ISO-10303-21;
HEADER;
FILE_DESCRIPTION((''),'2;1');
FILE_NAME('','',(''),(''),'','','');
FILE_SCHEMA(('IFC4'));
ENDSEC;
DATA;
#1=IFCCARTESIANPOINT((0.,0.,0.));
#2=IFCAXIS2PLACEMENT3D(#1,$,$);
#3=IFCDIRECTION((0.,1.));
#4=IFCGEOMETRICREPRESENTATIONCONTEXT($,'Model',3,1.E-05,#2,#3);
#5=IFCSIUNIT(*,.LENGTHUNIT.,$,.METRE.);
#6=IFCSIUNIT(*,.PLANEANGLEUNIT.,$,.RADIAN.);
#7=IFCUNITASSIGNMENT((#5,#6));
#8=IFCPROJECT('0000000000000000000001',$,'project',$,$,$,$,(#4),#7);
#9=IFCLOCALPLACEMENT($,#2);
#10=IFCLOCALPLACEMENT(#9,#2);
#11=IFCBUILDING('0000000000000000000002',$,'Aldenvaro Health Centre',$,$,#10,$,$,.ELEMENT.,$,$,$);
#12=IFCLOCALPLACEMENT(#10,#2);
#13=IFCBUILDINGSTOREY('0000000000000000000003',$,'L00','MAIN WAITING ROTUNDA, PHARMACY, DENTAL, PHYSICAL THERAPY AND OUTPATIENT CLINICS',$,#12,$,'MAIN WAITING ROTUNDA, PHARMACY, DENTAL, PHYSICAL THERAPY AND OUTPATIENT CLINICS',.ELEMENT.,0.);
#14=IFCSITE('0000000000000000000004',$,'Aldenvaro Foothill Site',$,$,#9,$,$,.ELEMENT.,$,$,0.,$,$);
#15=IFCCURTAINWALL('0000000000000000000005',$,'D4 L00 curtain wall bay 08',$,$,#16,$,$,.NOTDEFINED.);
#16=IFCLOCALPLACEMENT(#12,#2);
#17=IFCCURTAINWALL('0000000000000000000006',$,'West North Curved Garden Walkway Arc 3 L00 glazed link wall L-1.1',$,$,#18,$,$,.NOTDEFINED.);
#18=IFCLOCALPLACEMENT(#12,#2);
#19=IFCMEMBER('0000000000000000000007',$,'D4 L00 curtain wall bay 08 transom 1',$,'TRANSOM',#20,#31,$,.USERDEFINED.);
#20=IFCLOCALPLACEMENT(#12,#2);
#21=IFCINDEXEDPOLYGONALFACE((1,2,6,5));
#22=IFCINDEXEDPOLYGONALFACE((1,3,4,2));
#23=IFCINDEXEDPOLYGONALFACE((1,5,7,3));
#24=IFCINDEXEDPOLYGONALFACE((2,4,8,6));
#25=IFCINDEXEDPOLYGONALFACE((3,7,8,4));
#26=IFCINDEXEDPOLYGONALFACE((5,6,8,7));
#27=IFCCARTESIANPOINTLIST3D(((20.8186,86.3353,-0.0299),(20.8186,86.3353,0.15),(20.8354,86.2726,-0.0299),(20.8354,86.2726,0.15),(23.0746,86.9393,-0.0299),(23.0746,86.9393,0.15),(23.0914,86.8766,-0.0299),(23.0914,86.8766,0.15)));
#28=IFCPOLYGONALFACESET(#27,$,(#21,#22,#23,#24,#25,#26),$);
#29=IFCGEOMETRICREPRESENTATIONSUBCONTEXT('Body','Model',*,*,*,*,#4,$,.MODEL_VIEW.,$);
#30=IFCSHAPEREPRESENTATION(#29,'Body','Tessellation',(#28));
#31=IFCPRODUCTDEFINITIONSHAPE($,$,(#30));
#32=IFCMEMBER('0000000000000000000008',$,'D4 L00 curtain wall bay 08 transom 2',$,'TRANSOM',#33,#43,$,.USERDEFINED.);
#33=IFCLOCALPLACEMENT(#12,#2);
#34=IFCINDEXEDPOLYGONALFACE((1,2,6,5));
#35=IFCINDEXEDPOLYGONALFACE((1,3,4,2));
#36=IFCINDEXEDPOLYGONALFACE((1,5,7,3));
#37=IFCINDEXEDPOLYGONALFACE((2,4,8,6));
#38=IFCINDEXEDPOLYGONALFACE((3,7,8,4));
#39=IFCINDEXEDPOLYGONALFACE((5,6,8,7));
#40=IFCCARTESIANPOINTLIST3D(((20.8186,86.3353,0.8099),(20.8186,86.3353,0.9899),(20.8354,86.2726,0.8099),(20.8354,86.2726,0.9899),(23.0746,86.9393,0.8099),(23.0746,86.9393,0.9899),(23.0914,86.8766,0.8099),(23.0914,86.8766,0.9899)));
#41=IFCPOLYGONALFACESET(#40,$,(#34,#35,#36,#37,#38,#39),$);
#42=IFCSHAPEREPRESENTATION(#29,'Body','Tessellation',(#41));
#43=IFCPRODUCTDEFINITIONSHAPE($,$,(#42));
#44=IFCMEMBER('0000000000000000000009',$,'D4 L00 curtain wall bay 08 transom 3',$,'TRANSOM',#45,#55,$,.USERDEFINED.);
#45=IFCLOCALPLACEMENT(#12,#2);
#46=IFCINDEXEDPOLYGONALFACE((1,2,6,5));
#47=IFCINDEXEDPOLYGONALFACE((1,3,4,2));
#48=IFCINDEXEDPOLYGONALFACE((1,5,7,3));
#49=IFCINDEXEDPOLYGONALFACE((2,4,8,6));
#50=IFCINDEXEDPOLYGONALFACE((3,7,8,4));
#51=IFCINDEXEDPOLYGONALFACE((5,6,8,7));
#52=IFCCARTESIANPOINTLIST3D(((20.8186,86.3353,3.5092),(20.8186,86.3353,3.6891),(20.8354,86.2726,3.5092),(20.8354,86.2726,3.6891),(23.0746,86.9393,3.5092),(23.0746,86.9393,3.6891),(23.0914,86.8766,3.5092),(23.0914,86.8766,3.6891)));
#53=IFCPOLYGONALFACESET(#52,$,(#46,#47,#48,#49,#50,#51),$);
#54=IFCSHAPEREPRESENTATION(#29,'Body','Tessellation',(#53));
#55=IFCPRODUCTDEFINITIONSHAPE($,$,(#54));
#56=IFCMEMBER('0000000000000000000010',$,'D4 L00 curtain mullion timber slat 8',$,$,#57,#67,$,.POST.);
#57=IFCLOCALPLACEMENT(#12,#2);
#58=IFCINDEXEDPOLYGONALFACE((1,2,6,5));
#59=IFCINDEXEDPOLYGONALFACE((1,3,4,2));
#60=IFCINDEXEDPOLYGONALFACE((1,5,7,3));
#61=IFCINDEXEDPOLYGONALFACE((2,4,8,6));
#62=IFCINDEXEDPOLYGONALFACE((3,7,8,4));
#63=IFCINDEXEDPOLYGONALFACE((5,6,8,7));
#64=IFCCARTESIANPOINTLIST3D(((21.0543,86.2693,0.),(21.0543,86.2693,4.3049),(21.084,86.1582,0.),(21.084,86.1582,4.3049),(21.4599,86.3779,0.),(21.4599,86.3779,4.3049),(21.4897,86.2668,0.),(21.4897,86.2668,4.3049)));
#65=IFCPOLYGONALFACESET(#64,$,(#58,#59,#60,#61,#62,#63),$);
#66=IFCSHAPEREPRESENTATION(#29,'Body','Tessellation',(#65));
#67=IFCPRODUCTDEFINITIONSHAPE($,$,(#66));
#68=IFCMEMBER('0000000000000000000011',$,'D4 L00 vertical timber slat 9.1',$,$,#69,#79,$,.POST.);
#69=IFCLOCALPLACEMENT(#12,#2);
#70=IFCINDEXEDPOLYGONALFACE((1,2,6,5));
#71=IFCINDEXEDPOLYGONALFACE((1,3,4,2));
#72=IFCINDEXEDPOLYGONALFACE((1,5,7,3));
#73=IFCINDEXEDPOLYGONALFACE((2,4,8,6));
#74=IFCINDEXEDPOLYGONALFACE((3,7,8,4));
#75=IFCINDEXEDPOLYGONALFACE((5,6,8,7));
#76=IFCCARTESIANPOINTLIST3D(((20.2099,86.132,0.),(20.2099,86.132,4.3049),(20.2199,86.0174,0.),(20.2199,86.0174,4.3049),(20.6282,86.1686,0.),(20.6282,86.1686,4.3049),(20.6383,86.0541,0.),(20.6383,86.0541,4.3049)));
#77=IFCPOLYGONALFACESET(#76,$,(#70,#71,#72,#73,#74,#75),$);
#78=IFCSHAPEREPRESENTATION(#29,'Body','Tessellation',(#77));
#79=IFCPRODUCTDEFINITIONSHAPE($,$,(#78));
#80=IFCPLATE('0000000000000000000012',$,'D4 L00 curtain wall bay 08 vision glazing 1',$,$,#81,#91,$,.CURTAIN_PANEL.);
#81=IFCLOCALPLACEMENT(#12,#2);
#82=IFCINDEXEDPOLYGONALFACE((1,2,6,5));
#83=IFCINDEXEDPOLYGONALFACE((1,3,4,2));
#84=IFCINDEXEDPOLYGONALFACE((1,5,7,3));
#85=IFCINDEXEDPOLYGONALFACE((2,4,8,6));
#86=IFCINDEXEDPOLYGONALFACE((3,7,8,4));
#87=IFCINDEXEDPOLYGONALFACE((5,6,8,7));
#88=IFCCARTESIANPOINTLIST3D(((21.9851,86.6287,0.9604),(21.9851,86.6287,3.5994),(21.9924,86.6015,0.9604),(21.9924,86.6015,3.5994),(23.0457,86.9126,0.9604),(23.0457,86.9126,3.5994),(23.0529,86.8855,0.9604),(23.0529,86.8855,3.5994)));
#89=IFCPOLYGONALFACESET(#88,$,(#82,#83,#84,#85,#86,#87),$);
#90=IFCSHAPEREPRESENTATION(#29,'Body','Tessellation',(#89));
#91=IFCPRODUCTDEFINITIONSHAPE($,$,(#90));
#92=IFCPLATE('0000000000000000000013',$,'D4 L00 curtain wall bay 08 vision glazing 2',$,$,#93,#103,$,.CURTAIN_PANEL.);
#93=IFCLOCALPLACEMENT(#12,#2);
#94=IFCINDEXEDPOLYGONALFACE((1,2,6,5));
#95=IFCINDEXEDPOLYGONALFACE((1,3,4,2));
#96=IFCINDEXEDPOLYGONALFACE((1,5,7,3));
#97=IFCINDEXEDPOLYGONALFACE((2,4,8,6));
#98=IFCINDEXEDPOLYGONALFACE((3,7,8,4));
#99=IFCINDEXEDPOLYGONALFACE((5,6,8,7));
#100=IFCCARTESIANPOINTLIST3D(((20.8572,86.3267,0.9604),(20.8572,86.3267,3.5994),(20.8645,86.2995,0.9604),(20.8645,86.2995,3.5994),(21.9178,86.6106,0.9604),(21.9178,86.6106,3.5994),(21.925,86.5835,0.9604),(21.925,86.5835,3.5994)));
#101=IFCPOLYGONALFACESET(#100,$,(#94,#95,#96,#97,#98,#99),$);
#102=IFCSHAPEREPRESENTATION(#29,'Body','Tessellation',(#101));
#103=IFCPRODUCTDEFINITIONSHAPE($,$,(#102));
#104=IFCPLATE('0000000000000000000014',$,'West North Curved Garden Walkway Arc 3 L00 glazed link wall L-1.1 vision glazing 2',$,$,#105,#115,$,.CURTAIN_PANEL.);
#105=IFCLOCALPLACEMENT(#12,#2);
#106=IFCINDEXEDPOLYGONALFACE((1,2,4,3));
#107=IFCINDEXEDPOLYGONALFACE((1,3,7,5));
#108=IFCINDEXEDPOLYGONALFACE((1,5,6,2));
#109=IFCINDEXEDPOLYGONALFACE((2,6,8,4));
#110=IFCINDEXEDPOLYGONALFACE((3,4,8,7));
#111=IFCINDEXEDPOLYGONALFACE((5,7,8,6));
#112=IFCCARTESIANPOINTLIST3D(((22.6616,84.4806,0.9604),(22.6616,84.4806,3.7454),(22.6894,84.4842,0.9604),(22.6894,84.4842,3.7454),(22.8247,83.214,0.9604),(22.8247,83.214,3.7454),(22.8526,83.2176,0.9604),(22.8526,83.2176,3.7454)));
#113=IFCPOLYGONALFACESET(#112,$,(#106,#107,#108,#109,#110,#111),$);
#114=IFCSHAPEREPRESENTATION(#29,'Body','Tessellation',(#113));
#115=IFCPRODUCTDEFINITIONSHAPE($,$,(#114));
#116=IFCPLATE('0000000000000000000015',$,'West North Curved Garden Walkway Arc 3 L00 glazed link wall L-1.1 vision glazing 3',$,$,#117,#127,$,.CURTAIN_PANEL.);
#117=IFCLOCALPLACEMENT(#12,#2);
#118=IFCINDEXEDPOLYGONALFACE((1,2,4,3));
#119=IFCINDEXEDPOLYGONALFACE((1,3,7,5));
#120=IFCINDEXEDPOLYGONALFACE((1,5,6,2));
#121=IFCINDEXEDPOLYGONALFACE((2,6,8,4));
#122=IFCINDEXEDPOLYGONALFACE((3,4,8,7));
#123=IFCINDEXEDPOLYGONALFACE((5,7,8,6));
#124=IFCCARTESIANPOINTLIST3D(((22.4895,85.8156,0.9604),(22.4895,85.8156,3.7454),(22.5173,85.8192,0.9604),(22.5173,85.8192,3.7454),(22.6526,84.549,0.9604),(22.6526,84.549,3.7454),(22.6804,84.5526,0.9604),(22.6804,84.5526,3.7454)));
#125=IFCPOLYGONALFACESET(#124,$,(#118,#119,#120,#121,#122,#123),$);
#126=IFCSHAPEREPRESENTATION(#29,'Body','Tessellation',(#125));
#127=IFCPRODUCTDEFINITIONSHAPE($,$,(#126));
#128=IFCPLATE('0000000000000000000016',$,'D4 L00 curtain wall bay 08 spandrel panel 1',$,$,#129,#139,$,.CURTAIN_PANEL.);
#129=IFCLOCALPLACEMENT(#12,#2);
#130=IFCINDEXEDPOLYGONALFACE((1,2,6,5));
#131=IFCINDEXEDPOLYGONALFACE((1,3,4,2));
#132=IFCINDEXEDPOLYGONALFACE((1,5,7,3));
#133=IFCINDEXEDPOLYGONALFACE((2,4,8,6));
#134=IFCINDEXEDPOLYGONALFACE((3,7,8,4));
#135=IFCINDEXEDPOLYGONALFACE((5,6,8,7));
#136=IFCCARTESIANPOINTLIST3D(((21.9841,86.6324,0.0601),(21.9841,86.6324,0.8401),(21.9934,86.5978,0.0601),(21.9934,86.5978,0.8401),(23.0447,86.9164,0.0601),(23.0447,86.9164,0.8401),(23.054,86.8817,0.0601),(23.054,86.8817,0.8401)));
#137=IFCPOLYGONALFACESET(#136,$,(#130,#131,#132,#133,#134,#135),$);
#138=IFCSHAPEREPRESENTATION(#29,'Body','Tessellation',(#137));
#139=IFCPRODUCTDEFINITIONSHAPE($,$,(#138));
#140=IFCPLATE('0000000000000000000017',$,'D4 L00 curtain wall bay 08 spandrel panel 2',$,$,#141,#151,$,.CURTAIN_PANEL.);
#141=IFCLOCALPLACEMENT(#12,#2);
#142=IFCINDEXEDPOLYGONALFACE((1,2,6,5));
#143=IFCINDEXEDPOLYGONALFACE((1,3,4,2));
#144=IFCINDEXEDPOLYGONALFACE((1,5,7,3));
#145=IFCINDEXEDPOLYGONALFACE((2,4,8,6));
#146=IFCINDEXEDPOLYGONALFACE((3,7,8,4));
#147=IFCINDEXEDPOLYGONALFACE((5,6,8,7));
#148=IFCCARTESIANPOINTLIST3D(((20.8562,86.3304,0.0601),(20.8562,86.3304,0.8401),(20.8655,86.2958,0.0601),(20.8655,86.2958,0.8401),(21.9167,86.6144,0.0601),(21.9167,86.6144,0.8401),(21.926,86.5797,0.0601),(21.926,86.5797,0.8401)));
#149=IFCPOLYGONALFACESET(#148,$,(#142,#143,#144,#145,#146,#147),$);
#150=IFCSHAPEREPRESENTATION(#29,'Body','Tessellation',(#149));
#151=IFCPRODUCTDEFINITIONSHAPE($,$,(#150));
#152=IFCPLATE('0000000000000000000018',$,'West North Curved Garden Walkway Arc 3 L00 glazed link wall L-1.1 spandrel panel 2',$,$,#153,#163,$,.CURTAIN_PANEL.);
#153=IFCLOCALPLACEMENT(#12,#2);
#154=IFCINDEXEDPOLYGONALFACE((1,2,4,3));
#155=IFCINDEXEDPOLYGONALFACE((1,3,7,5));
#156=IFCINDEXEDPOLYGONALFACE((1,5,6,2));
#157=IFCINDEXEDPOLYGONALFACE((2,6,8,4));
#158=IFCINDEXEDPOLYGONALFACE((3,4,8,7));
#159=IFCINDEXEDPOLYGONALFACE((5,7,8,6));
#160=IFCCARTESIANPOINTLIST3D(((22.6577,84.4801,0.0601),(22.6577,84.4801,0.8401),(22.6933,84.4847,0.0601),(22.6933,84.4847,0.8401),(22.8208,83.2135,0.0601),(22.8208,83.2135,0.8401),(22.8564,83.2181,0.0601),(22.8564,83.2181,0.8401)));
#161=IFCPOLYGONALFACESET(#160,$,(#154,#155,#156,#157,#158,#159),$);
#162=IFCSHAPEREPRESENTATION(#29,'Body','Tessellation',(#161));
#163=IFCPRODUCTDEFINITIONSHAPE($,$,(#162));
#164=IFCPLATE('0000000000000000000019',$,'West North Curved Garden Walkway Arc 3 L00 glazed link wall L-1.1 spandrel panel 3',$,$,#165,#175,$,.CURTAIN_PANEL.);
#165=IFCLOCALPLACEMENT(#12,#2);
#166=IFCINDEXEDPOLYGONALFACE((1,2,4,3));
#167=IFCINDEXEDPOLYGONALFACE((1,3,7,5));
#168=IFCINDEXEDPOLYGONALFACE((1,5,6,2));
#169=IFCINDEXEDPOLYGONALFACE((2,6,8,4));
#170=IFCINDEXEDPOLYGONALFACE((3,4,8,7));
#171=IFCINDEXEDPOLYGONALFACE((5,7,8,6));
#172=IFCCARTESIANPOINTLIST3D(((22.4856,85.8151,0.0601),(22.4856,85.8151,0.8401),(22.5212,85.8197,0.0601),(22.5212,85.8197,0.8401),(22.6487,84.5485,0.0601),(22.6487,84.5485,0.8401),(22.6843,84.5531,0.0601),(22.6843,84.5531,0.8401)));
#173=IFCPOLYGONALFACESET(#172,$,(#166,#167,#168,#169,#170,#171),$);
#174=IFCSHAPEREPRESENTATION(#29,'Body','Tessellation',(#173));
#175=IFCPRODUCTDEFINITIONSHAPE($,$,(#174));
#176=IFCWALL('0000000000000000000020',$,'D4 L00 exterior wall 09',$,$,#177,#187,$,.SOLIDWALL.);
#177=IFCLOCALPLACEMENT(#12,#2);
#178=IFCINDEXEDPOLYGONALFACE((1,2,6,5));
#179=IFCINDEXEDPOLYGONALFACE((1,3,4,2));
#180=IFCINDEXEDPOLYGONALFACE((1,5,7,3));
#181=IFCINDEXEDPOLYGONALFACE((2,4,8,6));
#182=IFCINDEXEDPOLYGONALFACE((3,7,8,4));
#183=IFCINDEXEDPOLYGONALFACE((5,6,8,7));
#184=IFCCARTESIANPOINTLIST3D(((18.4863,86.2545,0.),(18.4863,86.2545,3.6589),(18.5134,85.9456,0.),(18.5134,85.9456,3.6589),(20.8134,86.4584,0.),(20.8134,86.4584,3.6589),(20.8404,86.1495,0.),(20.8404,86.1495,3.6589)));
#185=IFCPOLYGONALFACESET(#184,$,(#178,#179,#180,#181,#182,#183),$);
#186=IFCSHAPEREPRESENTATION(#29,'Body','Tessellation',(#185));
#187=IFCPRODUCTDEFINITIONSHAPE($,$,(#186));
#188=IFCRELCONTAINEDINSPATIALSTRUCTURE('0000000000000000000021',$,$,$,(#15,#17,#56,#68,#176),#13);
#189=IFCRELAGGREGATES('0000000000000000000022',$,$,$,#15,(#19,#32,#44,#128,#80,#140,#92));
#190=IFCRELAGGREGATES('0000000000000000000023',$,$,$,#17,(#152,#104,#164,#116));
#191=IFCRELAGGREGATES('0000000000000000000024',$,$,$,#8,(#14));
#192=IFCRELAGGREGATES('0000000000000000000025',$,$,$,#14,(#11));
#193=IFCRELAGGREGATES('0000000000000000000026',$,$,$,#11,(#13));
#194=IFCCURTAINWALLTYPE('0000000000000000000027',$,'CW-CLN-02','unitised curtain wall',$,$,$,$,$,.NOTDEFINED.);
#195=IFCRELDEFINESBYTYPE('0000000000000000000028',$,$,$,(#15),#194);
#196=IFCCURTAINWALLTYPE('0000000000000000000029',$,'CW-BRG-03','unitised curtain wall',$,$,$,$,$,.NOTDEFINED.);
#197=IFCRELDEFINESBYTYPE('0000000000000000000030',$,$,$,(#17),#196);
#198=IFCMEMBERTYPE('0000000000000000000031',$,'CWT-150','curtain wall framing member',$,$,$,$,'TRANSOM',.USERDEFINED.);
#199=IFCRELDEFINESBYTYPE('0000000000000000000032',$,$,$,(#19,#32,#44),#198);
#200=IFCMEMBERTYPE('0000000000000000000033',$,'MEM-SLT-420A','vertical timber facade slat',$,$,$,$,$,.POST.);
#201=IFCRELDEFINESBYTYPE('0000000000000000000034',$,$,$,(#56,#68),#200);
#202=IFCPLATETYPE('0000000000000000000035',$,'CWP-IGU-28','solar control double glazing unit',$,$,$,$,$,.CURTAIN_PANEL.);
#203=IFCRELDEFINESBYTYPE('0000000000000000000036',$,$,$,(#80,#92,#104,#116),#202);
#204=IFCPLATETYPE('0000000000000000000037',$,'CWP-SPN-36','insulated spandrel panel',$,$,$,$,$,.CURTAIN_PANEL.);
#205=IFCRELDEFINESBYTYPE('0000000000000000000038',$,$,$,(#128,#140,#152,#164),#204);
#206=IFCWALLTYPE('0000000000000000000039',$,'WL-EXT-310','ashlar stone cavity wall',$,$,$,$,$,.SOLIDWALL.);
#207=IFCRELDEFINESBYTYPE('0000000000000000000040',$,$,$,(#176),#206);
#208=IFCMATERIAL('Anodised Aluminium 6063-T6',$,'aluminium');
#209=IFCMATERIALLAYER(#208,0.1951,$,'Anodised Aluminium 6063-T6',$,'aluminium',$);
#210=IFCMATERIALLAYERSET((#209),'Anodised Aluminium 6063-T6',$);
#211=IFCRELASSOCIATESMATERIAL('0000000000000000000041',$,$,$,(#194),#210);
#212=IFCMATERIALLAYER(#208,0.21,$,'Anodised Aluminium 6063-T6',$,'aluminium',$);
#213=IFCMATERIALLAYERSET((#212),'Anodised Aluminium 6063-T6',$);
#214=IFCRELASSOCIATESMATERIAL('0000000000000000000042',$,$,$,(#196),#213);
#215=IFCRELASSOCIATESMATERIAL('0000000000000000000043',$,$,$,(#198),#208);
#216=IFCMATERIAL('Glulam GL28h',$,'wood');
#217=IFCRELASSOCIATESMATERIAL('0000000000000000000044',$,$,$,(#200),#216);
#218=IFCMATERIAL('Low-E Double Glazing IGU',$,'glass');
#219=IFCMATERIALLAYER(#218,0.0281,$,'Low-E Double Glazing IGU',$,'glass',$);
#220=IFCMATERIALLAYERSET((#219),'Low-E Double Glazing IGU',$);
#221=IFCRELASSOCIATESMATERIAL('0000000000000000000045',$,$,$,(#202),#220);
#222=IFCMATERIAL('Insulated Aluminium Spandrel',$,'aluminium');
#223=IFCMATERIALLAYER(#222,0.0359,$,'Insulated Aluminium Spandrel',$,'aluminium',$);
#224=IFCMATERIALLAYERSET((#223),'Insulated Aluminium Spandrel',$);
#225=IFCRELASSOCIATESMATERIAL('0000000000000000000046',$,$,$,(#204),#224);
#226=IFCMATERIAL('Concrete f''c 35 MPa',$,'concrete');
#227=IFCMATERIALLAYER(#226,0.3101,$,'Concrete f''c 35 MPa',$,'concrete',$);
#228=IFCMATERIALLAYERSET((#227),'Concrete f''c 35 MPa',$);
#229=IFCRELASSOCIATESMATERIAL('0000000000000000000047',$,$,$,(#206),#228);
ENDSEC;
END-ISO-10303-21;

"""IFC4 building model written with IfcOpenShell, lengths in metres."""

from ifc_helpers import new_model, si_unit, direction, frame, frame_2d, origin, origin_2d, place, context, subcontext, project, spatial, rectangle, extrude, material, layer, layer_set, material_profile, profile_set, type_object, element, aggregate, save


model = new_model("IFC4")

# Units and contexts
model_context = context("Model", 3, precision=1e-05, world=origin(), true_north=direction((0.0, 1.0)))
body_context = subcontext(model_context, "Body", "Model", "MODEL_VIEW")
ifc_project = project(units=[si_unit("LENGTHUNIT", "METRE"), si_unit("PLANEANGLEUNIT", "RADIAN")], contexts=[model_context])

# Site, building, storey
site_placement = place(None, origin())
site = spatial("IfcSite", under=ifc_project, at=site_placement, Name="Aldenvaro Foothill Site", CompositionType="ELEMENT", RefElevation=0.0)
building_placement = place(site_placement, origin())
building = spatial("IfcBuilding", under=site, at=building_placement, Name="Aldenvaro Health Centre", CompositionType="ELEMENT")
storey_placement = place(building_placement, origin())
storey = spatial("IfcBuildingStorey", under=building, at=storey_placement, Name="L00", Description="MAIN WAITING ROTUNDA, PHARMACY, DENTAL, PHYSICAL THERAPY AND OUTPATIENT CLINICS", LongName="MAIN WAITING ROTUNDA, PHARMACY, DENTAL, PHYSICAL THERAPY AND OUTPATIENT CLINICS", CompositionType="ELEMENT", Elevation=0.0)

# Shared definitions
ifc_material_1 = material(Name="Glulam GL28h", Category="wood")

# Curtain walls
ifc_material_2 = material(Name="Anodised Aluminium 6063-T6", Category="aluminium")
ifc_layer_1 = layer(ifc_material_2, 0.1951, Name="Anodised Aluminium 6063-T6", Category="aluminium")
ifc_layer_set_1 = layer_set([ifc_layer_1], Name="Anodised Aluminium 6063-T6")
curtain_wall_type_1 = type_object("IfcCurtainWallType", Name="CW-CLN-02", Description="unitised curtain wall", PredefinedType="NOTDEFINED", material=ifc_layer_set_1)
curtain_wall_1_placement = place(storey_placement, origin())
curtain_wall_1 = element("IfcCurtainWall", 1, at=curtain_wall_1_placement, inside=storey, type_object=curtain_wall_type_1, Name="D4 L00 curtain wall bay 08", PredefinedType="NOTDEFINED")
ifc_layer_2 = layer(ifc_material_2, 0.21, Name="Anodised Aluminium 6063-T6", Category="aluminium")
ifc_layer_set_2 = layer_set([ifc_layer_2], Name="Anodised Aluminium 6063-T6")
curtain_wall_type_2 = type_object("IfcCurtainWallType", Name="CW-BRG-03", Description="unitised curtain wall", PredefinedType="NOTDEFINED", material=ifc_layer_set_2)
curtain_wall_2_placement = place(storey_placement, origin())
curtain_wall_2 = element("IfcCurtainWall", 2, at=curtain_wall_2_placement, inside=storey, type_object=curtain_wall_type_2, Name="West North Curved Garden Walkway Arc 3 L00 glazed link wall L-1.1", PredefinedType="NOTDEFINED")

# Members
ifc_material_profile_1 = material_profile(ifc_material_2, rectangle(XDim=0.0649, YDim=0.1799, at=origin_2d()), Name="ALU 65x180", Category="aluminium")
ifc_profile_set_1 = profile_set([ifc_material_profile_1], Name="Anodised Aluminium 6063-T6")
member_type_1 = type_object("IfcMemberType", Name="CWT-150", Description="curtain wall framing member", ElementType="TRANSOM", PredefinedType="USERDEFINED", material=ifc_profile_set_1)
member_1_placement = place(storey_placement, frame((23.083, 86.908, 0.0601), z_axis=(-0.965981, -0.258612, 0.0), x_axis=(0.258612, -0.965981, 0.0)))
member_1 = element("IfcMember", 3, at=member_1_placement, type_object=member_type_1, Name="D4 L00 curtain wall bay 08 transom 1", ObjectType="TRANSOM", PredefinedType="USERDEFINED", context=body_context, shape_type="SweptSolid", body=[
    extrude(rectangle(XDim=0.0649, YDim=0.1799, at=origin_2d()), origin(), (0.0, 0.0, 1.0), 2.3354),
])
member_2_placement = place(storey_placement, frame((23.083, 86.908, 0.8999), z_axis=(-0.965981, -0.258612, 0.0), x_axis=(0.258612, -0.965981, 0.0)))
member_2 = element("IfcMember", 4, at=member_2_placement, type_object=member_type_1, Name="D4 L00 curtain wall bay 08 transom 2", ObjectType="TRANSOM", PredefinedType="USERDEFINED", context=body_context, shape_type="SweptSolid", body=[
    extrude(rectangle(XDim=0.0649, YDim=0.1799, at=origin_2d()), origin(), (0.0, 0.0, 1.0), 2.3354),
])
member_3_placement = place(storey_placement, frame((23.083, 86.908, 3.5991), z_axis=(-0.965981, -0.258612, 0.0), x_axis=(0.258612, -0.965981, 0.0)))
member_3 = element("IfcMember", 5, at=member_3_placement, type_object=member_type_1, Name="D4 L00 curtain wall bay 08 transom 3", ObjectType="TRANSOM", PredefinedType="USERDEFINED", context=body_context, shape_type="SweptSolid", body=[
    extrude(rectangle(XDim=0.0649, YDim=0.1799, at=origin_2d()), origin(), (0.0, 0.0, 1.0), 2.3354),
])

# Members
ifc_material_profile_2 = material_profile(ifc_material_1, rectangle(XDim=0.115, YDim=0.4199, at=origin_2d()), Name="GL 115x420", Category="wood")
ifc_profile_set_2 = profile_set([ifc_material_profile_2], Name="Glulam GL28h")
member_type_2 = type_object("IfcMemberType", Name="MEM-SLT-420A", Description="vertical timber facade slat", PredefinedType="POST", material=ifc_profile_set_2)
for number, where, z_axis, x_axis, name in (
    (6, (21.272, 86.2681, 0.0), (0.0, 0.0, 1.0), (0.258622, -0.965979, 0.0), "D4 L00 curtain mullion timber slat 8"),
    (7, (20.4241, 86.093, 0.0), (0.0, 0.0, 1.0), (0.087332, -0.996179, 0.0), "D4 L00 vertical timber slat 9.1"),
):
    element("IfcMember", number, at=place(storey_placement, frame(where, z_axis=z_axis, x_axis=x_axis)), inside=storey, type_object=member_type_2, Name=name, PredefinedType="POST", context=body_context, shape_type="SweptSolid", body=[
        extrude(rectangle(XDim=0.115, YDim=0.4199, at=origin_2d()), origin(), (0.0, 0.0, 1.0), 4.3049),
    ])

# Plates
ifc_material_3 = material(Name="Low-E Double Glazing IGU", Category="glass")
ifc_layer_3 = layer(ifc_material_3, 0.0281, Name="Low-E Double Glazing IGU", Category="glass")
ifc_layer_set_3 = layer_set([ifc_layer_3], Name="Low-E Double Glazing IGU")
plate_type_1 = type_object("IfcPlateType", Name="CWP-IGU-28", Description="solar control double glazing unit", PredefinedType="CURTAIN_PANEL", material=ifc_layer_set_3)
plate_1_placement = place(storey_placement, frame((22.519, 86.7571, 0.9604), z_axis=(0.0, 0.0, 1.0), x_axis=(-0.965979, -0.258622, 0.0)))
plate_1 = element("IfcPlate", 8, at=plate_1_placement, type_object=plate_type_1, Name="D4 L00 curtain wall bay 08 vision glazing 1", PredefinedType="CURTAIN_PANEL", context=body_context, shape_type="SweptSolid", body=[
    extrude(rectangle(XDim=1.0979, YDim=0.0281, at=origin_2d()), origin(), (0.0, 0.0, 1.0), 2.6389),
])
plate_2_placement = place(storey_placement, frame((21.3911, 86.4551, 0.9604), z_axis=(0.0, 0.0, 1.0), x_axis=(-0.965979, -0.258622, 0.0)))
plate_2 = element("IfcPlate", 9, at=plate_2_placement, type_object=plate_type_1, Name="D4 L00 curtain wall bay 08 vision glazing 2", PredefinedType="CURTAIN_PANEL", context=body_context, shape_type="SweptSolid", body=[
    extrude(rectangle(XDim=1.0979, YDim=0.0281, at=origin_2d()), origin(), (0.0, 0.0, 1.0), 2.6389),
])
plate_3_placement = place(storey_placement, frame((22.7571, 83.8491, 0.9604), z_axis=(0.0, 0.0, 1.0), x_axis=(-0.12772, 0.99181, 0.0)))
plate_3 = element("IfcPlate", 10, at=plate_3_placement, type_object=plate_type_1, Name="West North Curved Garden Walkway Arc 3 L00 glazed link wall L-1.1 vision glazing 2", PredefinedType="CURTAIN_PANEL", context=body_context, shape_type="SweptSolid", body=[
    extrude(rectangle(XDim=1.2771, YDim=0.0281, at=origin_2d()), origin(), (0.0, 0.0, 1.0), 2.7849),
])
plate_4_placement = place(storey_placement, frame((22.585, 85.1841, 0.9604), z_axis=(0.0, 0.0, 1.0), x_axis=(-0.12772, 0.99181, 0.0)))
plate_4 = element("IfcPlate", 11, at=plate_4_placement, type_object=plate_type_1, Name="West North Curved Garden Walkway Arc 3 L00 glazed link wall L-1.1 vision glazing 3", PredefinedType="CURTAIN_PANEL", context=body_context, shape_type="SweptSolid", body=[
    extrude(rectangle(XDim=1.2771, YDim=0.0281, at=origin_2d()), origin(), (0.0, 0.0, 1.0), 2.7849),
])
ifc_material_4 = material(Name="Insulated Aluminium Spandrel", Category="aluminium")
ifc_layer_4 = layer(ifc_material_4, 0.0359, Name="Insulated Aluminium Spandrel", Category="aluminium")
ifc_layer_set_4 = layer_set([ifc_layer_4], Name="Insulated Aluminium Spandrel")
plate_type_2 = type_object("IfcPlateType", Name="CWP-SPN-36", Description="insulated spandrel panel", PredefinedType="CURTAIN_PANEL", material=ifc_layer_set_4)
plate_5_placement = place(storey_placement, frame((22.519, 86.7571, 0.0601), z_axis=(0.0, 0.0, 1.0), x_axis=(-0.965979, -0.258622, 0.0)))
plate_5 = element("IfcPlate", 12, at=plate_5_placement, type_object=plate_type_2, Name="D4 L00 curtain wall bay 08 spandrel panel 1", PredefinedType="CURTAIN_PANEL", context=body_context, shape_type="SweptSolid", body=[
    extrude(rectangle(XDim=1.0979, YDim=0.0359, at=origin_2d()), origin(), (0.0, 0.0, 1.0), 0.78),
])
plate_6_placement = place(storey_placement, frame((21.3911, 86.4551, 0.0601), z_axis=(0.0, 0.0, 1.0), x_axis=(-0.965979, -0.258622, 0.0)))
plate_6 = element("IfcPlate", 13, at=plate_6_placement, type_object=plate_type_2, Name="D4 L00 curtain wall bay 08 spandrel panel 2", PredefinedType="CURTAIN_PANEL", context=body_context, shape_type="SweptSolid", body=[
    extrude(rectangle(XDim=1.0979, YDim=0.0359, at=origin_2d()), origin(), (0.0, 0.0, 1.0), 0.78),
])
aggregate(curtain_wall_1, [member_1, member_2, member_3, plate_5, plate_1, plate_6, plate_2])
plate_7_placement = place(storey_placement, frame((22.7571, 83.8491, 0.0601), z_axis=(0.0, 0.0, 1.0), x_axis=(-0.12772, 0.99181, 0.0)))
plate_7 = element("IfcPlate", 14, at=plate_7_placement, type_object=plate_type_2, Name="West North Curved Garden Walkway Arc 3 L00 glazed link wall L-1.1 spandrel panel 2", PredefinedType="CURTAIN_PANEL", context=body_context, shape_type="SweptSolid", body=[
    extrude(rectangle(XDim=1.2771, YDim=0.0359, at=origin_2d()), origin(), (0.0, 0.0, 1.0), 0.78),
])
plate_8_placement = place(storey_placement, frame((22.585, 85.1841, 0.0601), z_axis=(0.0, 0.0, 1.0), x_axis=(-0.12772, 0.99181, 0.0)))
plate_8 = element("IfcPlate", 15, at=plate_8_placement, type_object=plate_type_2, Name="West North Curved Garden Walkway Arc 3 L00 glazed link wall L-1.1 spandrel panel 3", PredefinedType="CURTAIN_PANEL", context=body_context, shape_type="SweptSolid", body=[
    extrude(rectangle(XDim=1.2771, YDim=0.0359, at=origin_2d()), origin(), (0.0, 0.0, 1.0), 0.78),
])
aggregate(curtain_wall_2, [plate_7, plate_3, plate_8, plate_4])

# Wall
ifc_material_5 = material(Name="Concrete f'c 35 MPa", Category="concrete")
ifc_layer_5 = layer(ifc_material_5, 0.3101, Name="Concrete f'c 35 MPa", Category="concrete")
ifc_layer_set_5 = layer_set([ifc_layer_5], Name="Concrete f'c 35 MPa")
wall_type = type_object("IfcWallType", Name="WL-EXT-310", Description="ashlar stone cavity wall", PredefinedType="SOLIDWALL", material=ifc_layer_set_5)
wall_placement = place(storey_placement, frame((20.8269, 86.304, 0.0), z_axis=(0.0, 0.0, 1.0), x_axis=(-0.996184, -0.087275, 0.0)))
element("IfcWall", 16, at=wall_placement, inside=storey, type_object=wall_type, Name="D4 L00 exterior wall 09", PredefinedType="SOLIDWALL", context=body_context, shape_type="SweptSolid", body=[
    extrude(rectangle(XDim=2.3359, YDim=0.3101, at=frame_2d((1.168, 0.0))), origin(), (0.0, 0.0, 1.0), 3.6589),
])

save(model, "model.ifc")
